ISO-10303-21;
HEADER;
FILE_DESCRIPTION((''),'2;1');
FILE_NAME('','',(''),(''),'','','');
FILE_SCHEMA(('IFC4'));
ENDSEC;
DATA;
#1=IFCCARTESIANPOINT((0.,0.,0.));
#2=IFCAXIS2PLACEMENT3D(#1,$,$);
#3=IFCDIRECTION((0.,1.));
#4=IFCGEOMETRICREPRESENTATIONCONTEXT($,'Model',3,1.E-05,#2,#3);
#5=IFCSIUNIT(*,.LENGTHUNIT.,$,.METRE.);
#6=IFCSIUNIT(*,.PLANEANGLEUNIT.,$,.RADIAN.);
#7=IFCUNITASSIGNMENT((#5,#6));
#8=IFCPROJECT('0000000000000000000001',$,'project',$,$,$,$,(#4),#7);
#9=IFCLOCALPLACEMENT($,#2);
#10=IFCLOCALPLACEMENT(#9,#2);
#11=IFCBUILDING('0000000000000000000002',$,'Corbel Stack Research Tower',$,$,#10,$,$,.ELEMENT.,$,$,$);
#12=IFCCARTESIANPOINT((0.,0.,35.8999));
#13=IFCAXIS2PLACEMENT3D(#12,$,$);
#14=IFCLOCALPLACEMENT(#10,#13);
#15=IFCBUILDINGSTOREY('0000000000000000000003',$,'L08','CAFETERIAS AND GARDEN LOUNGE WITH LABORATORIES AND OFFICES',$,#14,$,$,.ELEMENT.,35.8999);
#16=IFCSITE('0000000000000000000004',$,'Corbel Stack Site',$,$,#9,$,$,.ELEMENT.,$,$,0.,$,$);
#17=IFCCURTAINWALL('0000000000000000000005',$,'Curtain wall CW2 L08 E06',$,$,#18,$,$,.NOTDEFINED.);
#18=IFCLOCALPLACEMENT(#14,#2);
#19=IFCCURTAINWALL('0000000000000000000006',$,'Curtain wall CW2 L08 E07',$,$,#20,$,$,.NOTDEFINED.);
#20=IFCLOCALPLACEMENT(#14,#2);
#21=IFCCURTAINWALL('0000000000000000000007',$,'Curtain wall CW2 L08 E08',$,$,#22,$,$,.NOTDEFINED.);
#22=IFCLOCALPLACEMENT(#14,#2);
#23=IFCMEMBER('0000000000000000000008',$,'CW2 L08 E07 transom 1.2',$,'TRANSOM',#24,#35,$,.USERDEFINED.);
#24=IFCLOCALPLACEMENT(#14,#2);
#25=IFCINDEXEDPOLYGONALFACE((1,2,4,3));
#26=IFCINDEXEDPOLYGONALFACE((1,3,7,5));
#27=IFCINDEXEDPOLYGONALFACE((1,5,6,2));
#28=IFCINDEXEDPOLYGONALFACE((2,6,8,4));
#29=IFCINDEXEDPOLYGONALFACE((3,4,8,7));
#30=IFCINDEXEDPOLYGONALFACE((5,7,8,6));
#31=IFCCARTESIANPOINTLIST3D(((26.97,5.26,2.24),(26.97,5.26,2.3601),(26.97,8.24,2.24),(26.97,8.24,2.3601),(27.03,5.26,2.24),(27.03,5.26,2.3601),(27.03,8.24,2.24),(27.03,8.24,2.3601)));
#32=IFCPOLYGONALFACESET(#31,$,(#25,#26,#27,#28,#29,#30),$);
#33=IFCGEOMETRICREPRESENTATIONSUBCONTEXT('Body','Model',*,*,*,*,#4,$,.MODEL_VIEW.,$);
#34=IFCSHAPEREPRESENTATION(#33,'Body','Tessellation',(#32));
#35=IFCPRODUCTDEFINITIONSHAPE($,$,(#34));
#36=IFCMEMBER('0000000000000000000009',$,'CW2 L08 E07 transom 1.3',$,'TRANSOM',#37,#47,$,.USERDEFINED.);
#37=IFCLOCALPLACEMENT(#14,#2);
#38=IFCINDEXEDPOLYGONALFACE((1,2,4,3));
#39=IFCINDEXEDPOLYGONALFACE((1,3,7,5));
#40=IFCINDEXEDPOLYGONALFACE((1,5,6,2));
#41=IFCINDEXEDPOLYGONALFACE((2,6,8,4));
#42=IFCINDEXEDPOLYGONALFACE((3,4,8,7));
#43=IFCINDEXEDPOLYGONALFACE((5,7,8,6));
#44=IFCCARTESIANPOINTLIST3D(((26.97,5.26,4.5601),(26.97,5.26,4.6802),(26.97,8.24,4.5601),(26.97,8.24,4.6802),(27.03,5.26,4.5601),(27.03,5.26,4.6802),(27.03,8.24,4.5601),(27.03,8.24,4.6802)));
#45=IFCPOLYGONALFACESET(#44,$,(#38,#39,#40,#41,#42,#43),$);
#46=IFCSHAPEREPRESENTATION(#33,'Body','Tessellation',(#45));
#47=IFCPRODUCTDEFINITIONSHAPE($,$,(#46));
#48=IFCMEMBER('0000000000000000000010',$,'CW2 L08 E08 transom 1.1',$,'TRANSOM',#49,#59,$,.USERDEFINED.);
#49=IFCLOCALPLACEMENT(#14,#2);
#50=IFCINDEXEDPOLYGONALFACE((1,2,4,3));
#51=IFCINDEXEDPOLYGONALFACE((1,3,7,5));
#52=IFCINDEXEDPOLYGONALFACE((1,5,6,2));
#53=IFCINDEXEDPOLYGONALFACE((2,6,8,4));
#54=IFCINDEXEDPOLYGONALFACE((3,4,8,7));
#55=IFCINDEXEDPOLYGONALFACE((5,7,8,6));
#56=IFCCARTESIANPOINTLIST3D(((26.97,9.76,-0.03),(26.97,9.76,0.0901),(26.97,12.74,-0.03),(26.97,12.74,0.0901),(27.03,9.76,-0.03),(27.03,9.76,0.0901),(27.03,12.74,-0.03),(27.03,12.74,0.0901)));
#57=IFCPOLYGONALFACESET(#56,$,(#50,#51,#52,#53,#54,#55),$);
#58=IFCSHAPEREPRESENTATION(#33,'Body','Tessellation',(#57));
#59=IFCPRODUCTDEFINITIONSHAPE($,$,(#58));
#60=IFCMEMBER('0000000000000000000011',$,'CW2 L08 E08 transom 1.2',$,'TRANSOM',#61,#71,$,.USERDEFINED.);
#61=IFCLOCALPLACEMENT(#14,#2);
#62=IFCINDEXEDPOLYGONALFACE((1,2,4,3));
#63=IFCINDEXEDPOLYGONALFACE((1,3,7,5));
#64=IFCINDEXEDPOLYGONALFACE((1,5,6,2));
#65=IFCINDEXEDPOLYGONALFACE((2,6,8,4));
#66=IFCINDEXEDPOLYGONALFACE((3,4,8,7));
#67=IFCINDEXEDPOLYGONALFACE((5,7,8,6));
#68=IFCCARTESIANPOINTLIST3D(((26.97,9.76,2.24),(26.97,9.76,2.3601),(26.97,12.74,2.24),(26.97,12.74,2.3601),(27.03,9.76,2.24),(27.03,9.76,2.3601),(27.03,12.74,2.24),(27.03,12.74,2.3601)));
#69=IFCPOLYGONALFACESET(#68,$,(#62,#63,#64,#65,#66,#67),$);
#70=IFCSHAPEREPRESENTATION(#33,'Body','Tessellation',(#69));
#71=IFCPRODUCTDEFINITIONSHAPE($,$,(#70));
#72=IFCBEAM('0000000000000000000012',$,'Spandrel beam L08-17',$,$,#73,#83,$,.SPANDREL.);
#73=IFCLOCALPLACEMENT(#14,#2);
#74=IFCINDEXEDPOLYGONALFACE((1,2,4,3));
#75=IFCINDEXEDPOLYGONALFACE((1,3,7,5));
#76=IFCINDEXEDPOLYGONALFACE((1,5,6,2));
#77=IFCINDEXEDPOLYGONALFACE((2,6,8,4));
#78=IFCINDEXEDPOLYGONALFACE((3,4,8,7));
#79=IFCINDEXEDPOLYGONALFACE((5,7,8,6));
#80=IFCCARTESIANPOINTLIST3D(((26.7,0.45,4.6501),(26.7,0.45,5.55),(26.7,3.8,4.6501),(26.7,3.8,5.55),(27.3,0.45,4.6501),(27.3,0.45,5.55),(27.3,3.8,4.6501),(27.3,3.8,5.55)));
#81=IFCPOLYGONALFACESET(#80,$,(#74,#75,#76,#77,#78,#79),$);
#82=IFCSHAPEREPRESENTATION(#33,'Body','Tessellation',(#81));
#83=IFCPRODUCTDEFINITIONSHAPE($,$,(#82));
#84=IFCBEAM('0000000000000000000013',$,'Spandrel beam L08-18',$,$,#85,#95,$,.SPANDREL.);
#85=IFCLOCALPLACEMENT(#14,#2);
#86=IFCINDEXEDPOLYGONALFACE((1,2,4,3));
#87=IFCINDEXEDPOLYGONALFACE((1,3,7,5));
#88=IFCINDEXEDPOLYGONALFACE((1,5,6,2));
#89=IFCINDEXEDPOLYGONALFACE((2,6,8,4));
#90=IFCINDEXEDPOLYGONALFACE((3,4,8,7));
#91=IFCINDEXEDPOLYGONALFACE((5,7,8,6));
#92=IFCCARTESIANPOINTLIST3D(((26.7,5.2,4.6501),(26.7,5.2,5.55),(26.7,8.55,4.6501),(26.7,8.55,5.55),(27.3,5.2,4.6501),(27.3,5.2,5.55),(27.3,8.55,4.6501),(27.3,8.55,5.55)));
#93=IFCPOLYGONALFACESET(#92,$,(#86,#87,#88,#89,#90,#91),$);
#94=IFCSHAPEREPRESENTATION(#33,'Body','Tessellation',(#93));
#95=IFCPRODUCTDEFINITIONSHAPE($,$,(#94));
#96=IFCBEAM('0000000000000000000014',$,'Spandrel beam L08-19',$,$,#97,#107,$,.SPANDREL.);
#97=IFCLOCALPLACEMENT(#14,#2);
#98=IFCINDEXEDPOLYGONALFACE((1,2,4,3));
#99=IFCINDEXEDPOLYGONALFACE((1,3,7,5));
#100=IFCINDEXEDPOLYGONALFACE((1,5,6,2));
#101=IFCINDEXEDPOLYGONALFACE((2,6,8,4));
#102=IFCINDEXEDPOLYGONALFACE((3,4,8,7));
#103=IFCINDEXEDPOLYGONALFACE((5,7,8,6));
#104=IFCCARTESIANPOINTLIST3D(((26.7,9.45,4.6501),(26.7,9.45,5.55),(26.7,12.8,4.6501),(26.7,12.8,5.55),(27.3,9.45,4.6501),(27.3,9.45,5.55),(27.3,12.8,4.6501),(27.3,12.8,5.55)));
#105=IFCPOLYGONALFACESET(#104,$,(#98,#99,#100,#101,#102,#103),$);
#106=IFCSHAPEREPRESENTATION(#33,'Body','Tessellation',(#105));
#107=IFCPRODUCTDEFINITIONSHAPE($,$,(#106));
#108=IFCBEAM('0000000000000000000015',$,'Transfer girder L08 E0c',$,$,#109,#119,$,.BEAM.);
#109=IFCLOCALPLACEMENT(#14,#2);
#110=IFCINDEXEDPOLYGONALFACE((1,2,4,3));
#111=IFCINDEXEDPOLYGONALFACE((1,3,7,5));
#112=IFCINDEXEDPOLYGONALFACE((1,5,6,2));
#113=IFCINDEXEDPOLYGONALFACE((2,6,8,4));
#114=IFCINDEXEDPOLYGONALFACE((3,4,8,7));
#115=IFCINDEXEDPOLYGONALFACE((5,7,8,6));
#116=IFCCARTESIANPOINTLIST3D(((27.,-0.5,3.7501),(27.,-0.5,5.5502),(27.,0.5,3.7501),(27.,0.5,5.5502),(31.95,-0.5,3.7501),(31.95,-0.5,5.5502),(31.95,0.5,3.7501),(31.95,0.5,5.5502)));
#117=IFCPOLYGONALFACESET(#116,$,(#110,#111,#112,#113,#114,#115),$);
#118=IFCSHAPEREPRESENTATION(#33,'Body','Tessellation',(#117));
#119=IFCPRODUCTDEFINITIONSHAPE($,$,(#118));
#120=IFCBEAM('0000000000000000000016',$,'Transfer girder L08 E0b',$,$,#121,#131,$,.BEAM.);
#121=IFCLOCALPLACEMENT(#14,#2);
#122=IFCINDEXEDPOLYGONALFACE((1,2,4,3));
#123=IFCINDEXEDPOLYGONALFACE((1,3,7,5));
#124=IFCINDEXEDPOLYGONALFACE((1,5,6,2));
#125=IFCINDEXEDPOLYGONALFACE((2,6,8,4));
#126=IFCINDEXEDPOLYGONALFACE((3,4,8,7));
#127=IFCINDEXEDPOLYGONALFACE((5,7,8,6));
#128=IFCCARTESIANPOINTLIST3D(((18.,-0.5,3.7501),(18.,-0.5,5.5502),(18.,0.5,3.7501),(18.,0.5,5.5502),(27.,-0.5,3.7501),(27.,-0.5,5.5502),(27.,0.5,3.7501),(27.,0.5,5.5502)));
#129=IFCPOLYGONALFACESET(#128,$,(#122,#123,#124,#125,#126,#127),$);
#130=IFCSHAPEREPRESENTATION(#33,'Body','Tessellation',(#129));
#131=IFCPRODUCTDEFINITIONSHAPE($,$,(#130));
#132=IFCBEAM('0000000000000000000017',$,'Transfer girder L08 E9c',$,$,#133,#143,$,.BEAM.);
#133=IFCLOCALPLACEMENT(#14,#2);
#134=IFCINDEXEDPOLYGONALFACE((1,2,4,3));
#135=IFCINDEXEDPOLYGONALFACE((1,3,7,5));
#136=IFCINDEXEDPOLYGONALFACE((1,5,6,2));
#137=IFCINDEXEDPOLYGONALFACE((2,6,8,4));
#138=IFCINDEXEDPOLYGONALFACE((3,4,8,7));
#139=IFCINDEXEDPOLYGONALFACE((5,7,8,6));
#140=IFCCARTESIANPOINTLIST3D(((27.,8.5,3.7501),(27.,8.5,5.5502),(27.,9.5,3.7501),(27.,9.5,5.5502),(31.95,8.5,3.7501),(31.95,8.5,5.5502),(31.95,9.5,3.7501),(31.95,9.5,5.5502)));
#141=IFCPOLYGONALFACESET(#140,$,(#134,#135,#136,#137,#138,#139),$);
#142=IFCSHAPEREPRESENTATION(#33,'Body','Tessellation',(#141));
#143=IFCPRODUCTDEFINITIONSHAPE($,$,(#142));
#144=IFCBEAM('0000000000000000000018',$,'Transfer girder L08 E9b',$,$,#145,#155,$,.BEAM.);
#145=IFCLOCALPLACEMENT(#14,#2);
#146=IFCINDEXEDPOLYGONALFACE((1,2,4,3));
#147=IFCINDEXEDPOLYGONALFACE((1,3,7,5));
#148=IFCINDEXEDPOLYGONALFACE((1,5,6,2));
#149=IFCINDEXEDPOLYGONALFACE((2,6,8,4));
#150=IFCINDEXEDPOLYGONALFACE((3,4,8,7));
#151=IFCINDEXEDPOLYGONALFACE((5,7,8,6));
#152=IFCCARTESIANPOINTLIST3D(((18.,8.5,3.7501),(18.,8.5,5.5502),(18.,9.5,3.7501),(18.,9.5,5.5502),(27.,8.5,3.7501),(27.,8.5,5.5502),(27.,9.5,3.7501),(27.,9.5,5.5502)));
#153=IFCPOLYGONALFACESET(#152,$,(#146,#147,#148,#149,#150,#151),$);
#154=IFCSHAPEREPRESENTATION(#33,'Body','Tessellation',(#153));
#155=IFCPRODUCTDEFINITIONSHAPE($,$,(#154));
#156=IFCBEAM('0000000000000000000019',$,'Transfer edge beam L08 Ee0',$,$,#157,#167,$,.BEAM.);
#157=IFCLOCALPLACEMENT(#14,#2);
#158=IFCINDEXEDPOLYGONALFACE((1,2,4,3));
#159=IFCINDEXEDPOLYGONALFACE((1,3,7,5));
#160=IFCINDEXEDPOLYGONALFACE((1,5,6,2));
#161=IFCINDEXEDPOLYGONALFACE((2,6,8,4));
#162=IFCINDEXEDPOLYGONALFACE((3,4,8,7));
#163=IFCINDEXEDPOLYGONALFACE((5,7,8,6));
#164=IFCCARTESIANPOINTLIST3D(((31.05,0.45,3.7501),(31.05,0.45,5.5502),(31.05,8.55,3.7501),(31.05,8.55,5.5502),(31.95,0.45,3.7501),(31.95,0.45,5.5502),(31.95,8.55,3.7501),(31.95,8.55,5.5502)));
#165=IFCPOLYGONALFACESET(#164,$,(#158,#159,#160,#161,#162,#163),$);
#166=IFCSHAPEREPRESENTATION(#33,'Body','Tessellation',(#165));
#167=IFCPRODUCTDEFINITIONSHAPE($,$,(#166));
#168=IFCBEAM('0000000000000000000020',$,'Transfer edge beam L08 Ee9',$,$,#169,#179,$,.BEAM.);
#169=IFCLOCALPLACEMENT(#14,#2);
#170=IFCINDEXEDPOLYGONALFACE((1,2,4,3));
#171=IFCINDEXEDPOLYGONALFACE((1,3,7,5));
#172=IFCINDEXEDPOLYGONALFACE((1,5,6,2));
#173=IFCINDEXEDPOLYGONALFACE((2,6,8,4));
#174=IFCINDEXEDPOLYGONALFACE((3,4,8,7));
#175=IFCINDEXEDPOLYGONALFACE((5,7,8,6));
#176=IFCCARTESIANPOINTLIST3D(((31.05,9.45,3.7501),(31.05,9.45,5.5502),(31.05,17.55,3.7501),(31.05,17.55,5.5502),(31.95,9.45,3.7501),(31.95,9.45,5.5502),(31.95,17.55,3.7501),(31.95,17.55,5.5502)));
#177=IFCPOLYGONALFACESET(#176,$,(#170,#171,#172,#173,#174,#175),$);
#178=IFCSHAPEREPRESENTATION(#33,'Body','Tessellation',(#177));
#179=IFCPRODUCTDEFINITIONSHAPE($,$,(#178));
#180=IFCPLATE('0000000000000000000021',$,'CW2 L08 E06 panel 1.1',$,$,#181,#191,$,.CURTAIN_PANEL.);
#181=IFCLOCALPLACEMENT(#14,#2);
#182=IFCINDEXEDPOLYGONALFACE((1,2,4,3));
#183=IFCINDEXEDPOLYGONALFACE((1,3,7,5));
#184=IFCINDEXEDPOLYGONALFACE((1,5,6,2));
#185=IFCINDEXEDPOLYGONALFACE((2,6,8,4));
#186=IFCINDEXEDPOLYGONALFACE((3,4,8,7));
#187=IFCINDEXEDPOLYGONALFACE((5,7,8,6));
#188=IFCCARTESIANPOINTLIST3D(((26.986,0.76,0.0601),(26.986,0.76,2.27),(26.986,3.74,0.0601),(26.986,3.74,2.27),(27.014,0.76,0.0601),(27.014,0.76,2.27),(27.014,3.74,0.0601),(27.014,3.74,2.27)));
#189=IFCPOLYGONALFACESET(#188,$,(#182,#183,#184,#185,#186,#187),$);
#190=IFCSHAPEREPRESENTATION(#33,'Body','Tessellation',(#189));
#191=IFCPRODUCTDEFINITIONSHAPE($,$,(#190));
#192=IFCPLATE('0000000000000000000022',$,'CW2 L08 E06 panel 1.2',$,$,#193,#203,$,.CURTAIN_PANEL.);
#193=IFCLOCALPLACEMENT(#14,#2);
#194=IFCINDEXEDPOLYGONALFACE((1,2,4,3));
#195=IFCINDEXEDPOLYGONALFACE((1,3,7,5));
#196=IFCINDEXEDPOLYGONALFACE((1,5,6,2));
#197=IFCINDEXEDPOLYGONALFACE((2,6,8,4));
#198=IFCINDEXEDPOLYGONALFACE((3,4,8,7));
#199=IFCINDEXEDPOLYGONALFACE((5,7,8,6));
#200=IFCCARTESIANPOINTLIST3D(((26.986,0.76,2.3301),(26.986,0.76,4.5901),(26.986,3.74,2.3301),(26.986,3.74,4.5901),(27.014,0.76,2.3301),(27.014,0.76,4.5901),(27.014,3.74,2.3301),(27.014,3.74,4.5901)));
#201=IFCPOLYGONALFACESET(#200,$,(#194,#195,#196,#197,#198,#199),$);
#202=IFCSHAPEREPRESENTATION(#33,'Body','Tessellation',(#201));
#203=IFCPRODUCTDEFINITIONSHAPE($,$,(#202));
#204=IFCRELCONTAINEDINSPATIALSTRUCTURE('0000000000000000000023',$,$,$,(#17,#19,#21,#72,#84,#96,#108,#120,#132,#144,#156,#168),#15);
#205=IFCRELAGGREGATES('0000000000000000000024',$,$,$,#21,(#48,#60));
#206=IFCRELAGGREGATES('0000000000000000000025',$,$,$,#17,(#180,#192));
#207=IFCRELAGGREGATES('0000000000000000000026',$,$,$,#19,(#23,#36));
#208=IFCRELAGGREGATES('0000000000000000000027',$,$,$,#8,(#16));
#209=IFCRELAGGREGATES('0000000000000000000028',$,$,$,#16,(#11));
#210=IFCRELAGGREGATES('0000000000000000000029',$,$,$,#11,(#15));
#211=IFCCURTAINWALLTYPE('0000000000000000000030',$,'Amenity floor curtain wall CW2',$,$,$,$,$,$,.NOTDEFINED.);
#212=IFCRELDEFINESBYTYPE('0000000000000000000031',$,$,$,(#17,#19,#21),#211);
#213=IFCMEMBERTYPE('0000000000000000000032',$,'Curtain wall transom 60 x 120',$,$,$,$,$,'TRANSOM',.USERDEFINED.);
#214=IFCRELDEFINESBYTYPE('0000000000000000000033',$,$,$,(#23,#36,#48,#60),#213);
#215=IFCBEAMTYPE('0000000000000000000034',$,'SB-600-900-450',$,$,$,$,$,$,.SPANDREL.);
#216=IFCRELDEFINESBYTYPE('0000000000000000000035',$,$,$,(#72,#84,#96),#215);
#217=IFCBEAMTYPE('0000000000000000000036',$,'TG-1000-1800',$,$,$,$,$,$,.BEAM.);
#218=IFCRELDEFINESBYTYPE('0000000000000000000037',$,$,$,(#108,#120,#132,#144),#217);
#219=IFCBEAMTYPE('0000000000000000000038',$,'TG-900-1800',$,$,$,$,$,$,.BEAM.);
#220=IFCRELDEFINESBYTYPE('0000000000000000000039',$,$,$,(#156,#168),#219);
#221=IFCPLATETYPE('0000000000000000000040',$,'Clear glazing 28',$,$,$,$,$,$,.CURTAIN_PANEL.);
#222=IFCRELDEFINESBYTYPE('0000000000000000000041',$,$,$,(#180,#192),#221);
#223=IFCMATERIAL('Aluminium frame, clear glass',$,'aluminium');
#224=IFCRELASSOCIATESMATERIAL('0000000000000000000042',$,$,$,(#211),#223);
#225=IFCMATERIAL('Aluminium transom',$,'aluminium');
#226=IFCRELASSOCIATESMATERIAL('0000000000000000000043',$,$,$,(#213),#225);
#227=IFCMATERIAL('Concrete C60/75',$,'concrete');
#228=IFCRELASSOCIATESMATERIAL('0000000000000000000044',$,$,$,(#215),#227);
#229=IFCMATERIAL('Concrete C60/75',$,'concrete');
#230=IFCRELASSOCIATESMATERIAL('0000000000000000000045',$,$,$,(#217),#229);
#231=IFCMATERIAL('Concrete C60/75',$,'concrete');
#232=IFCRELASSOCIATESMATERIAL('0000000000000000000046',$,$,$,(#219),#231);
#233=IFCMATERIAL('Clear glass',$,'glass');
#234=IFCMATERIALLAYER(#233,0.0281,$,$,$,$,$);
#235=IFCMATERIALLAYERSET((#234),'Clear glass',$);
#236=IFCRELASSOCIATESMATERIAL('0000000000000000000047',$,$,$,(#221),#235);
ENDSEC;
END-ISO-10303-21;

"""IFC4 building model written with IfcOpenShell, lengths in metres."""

from ifc_helpers import new_model, si_unit, direction, frame, origin, origin_2d, place, context, subcontext, project, spatial, rectangle, extrude, material, layer, layer_set, material_profile, profile_set, type_object, element, aggregate, save


model = new_model("IFC4")

# Units and contexts
model_context = context("Model", 3, precision=1e-05, world=origin(), true_north=direction((0.0, 1.0)))
body_context = subcontext(model_context, "Body", "Model", "MODEL_VIEW")
ifc_project = project(units=[si_unit("LENGTHUNIT", "METRE"), si_unit("PLANEANGLEUNIT", "RADIAN")], contexts=[model_context])

# Site, building, storey
site_placement = place(None, origin())
site = spatial("IfcSite", under=ifc_project, at=site_placement, Name="Corbel Stack Site", CompositionType="ELEMENT", RefElevation=0.0)
building_placement = place(site_placement, origin())
building = spatial("IfcBuilding", under=site, at=building_placement, Name="Corbel Stack Research Tower", CompositionType="ELEMENT")
storey_placement = place(building_placement, frame((0.0, 0.0, 35.8999)))
storey = spatial("IfcBuildingStorey", under=building, at=storey_placement, Name="L08", Description="CAFETERIAS AND GARDEN LOUNGE WITH LABORATORIES AND OFFICES", CompositionType="ELEMENT", Elevation=35.8999)

# Curtain walls
ifc_material_1 = material(Name="Aluminium frame, clear glass", Category="aluminium")
curtain_wall_type = type_object("IfcCurtainWallType", Name="Amenity floor curtain wall CW2", PredefinedType="NOTDEFINED", material=ifc_material_1)
curtain_wall_1_placement = place(storey_placement, origin())
curtain_wall_1 = element("IfcCurtainWall", 1, at=curtain_wall_1_placement, inside=storey, type_object=curtain_wall_type, Name="Curtain wall CW2 L08 E06", PredefinedType="NOTDEFINED")
curtain_wall_2_placement = place(storey_placement, origin())
curtain_wall_2 = element("IfcCurtainWall", 2, at=curtain_wall_2_placement, inside=storey, type_object=curtain_wall_type, Name="Curtain wall CW2 L08 E07", PredefinedType="NOTDEFINED")

# Curtain wall
curtain_wall_3_placement = place(storey_placement, origin())
curtain_wall_3 = element("IfcCurtainWall", 3, at=curtain_wall_3_placement, inside=storey, type_object=curtain_wall_type, Name="Curtain wall CW2 L08 E08", PredefinedType="NOTDEFINED")

# Members
ifc_material_2 = material(Name="Aluminium transom", Category="aluminium")
ifc_material_profile_1 = material_profile(ifc_material_2, rectangle(XDim=0.0601, YDim=0.1201, at=origin_2d()), Name="Transom 60 x 120")
ifc_profile_set_1 = profile_set([ifc_material_profile_1], Name="Aluminium transom")
member_type_1 = type_object("IfcMemberType", Name="Curtain wall transom 60 x 120", ElementType="TRANSOM", PredefinedType="USERDEFINED", material=ifc_profile_set_1)
member_1_placement = place(storey_placement, frame((27.0, 5.26, 2.3), z_axis=(0.0, 1.0, 0.0), x_axis=(-1.0, 0.0, 0.0)))
member_1 = element("IfcMember", 4, at=member_1_placement, type_object=member_type_1, Name="CW2 L08 E07 transom 1.2", ObjectType="TRANSOM", PredefinedType="USERDEFINED", context=body_context, shape_type="SweptSolid", body=[
    extrude(rectangle(XDim=0.0601, YDim=0.1201, at=origin_2d()), origin(), (0.0, 0.0, 1.0), 2.98),
])
member_2_placement = place(storey_placement, frame((27.0, 5.26, 4.6201), z_axis=(0.0, 1.0, 0.0), x_axis=(-1.0, 0.0, 0.0)))
member_2 = element("IfcMember", 5, at=member_2_placement, type_object=member_type_1, Name="CW2 L08 E07 transom 1.3", ObjectType="TRANSOM", PredefinedType="USERDEFINED", context=body_context, shape_type="SweptSolid", body=[
    extrude(rectangle(XDim=0.0601, YDim=0.1201, at=origin_2d()), origin(), (0.0, 0.0, 1.0), 2.98),
])
member_3_placement = place(storey_placement, frame((27.0, 9.76, 0.03), z_axis=(0.0, 1.0, 0.0), x_axis=(-1.0, 0.0, 0.0)))
member_3 = element("IfcMember", 6, at=member_3_placement, type_object=member_type_1, Name="CW2 L08 E08 transom 1.1", ObjectType="TRANSOM", PredefinedType="USERDEFINED", context=body_context, shape_type="SweptSolid", body=[
    extrude(rectangle(XDim=0.0601, YDim=0.1201, at=origin_2d()), origin(), (0.0, 0.0, 1.0), 2.98),
])
member_4_placement = place(storey_placement, frame((27.0, 9.76, 2.3), z_axis=(0.0, 1.0, 0.0), x_axis=(-1.0, 0.0, 0.0)))
member_4 = element("IfcMember", 7, at=member_4_placement, type_object=member_type_1, Name="CW2 L08 E08 transom 1.2", ObjectType="TRANSOM", PredefinedType="USERDEFINED", context=body_context, shape_type="SweptSolid", body=[
    extrude(rectangle(XDim=0.0601, YDim=0.1201, at=origin_2d()), origin(), (0.0, 0.0, 1.0), 2.98),
])
aggregate(curtain_wall_3, [member_3, member_4])

# Beams
ifc_material_3 = material(Name="Concrete C60/75", Category="concrete")
ifc_material_profile_2 = material_profile(ifc_material_3, rectangle(XDim=0.6001, YDim=0.8999, at=origin_2d()), Name="RC 600 x 900")
ifc_profile_set_2 = profile_set([ifc_material_profile_2], Name="Concrete C60/75")
beam_type_1 = type_object("IfcBeamType", Name="SB-600-900-450", PredefinedType="SPANDREL", material=ifc_profile_set_2)
for number, where, z_axis, x_axis, name in (
    (8, (27.0, 0.45, 5.1001), (0.0, 1.0, 0.0), (-1.0, 0.0, 0.0), "Spandrel beam L08-17"),
    (9, (27.0, 5.2, 5.1001), (0.0, 1.0, 0.0), (-1.0, 0.0, 0.0), "Spandrel beam L08-18"),
    (10, (27.0, 9.45, 5.1001), (0.0, 1.0, 0.0), (-1.0, 0.0, 0.0), "Spandrel beam L08-19"),
):
    element("IfcBeam", number, at=place(storey_placement, frame(where, z_axis=z_axis, x_axis=x_axis)), inside=storey, type_object=beam_type_1, Name=name, PredefinedType="SPANDREL", context=body_context, shape_type="SweptSolid", body=[
        extrude(rectangle(XDim=0.6001, YDim=0.8999, at=origin_2d()), origin(), (0.0, 0.0, 1.0), 3.3501),
    ])
ifc_material_4 = material(Name="Concrete C60/75", Category="concrete")
ifc_material_profile_3 = material_profile(ifc_material_4, rectangle(XDim=1.0, YDim=1.8, at=origin_2d()), Name="RC 1000 x 1800")
ifc_profile_set_3 = profile_set([ifc_material_profile_3], Name="Concrete C60/75")
beam_type_2 = type_object("IfcBeamType", Name="TG-1000-1800", PredefinedType="BEAM", material=ifc_profile_set_3)
beam_1_placement = place(storey_placement, frame((31.95, 0.0, 4.6501), z_axis=(-1.0, 0.0, 0.0), x_axis=(0.0, -1.0, 0.0)))
element("IfcBeam", 11, at=beam_1_placement, inside=storey, type_object=beam_type_2, Name="Transfer girder L08 E0c", PredefinedType="BEAM", context=body_context, shape_type="SweptSolid", body=[
    extrude(rectangle(XDim=1.0, YDim=1.8, at=origin_2d()), origin(), (0.0, 0.0, 1.0), 4.95),
])
beam_2_placement = place(storey_placement, frame((27.0, 0.0, 4.6501), z_axis=(-1.0, 0.0, 0.0), x_axis=(0.0, -1.0, 0.0)))
element("IfcBeam", 12, at=beam_2_placement, inside=storey, type_object=beam_type_2, Name="Transfer girder L08 E0b", PredefinedType="BEAM", context=body_context, shape_type="SweptSolid", body=[
    extrude(rectangle(XDim=1.0, YDim=1.8, at=origin_2d()), origin(), (0.0, 0.0, 1.0), 9.0),
])
beam_3_placement = place(storey_placement, frame((31.95, 9.0, 4.6501), z_axis=(-1.0, 0.0, 0.0), x_axis=(0.0, -1.0, 0.0)))
element("IfcBeam", 13, at=beam_3_placement, inside=storey, type_object=beam_type_2, Name="Transfer girder L08 E9c", PredefinedType="BEAM", context=body_context, shape_type="SweptSolid", body=[
    extrude(rectangle(XDim=1.0, YDim=1.8, at=origin_2d()), origin(), (0.0, 0.0, 1.0), 4.95),
])
beam_4_placement = place(storey_placement, frame((27.0, 9.0, 4.6501), z_axis=(-1.0, 0.0, 0.0), x_axis=(0.0, -1.0, 0.0)))
element("IfcBeam", 14, at=beam_4_placement, inside=storey, type_object=beam_type_2, Name="Transfer girder L08 E9b", PredefinedType="BEAM", context=body_context, shape_type="SweptSolid", body=[
    extrude(rectangle(XDim=1.0, YDim=1.8, at=origin_2d()), origin(), (0.0, 0.0, 1.0), 9.0),
])
ifc_material_5 = material(Name="Concrete C60/75", Category="concrete")
ifc_material_profile_4 = material_profile(ifc_material_5, rectangle(XDim=0.8999, YDim=1.8, at=origin_2d()), Name="RC 900 x 1800")
ifc_profile_set_4 = profile_set([ifc_material_profile_4], Name="Concrete C60/75")
beam_type_3 = type_object("IfcBeamType", Name="TG-900-1800", PredefinedType="BEAM", material=ifc_profile_set_4)
for number, where, z_axis, x_axis, name in (
    (15, (31.5, 0.45, 4.6501), (0.0, 1.0, 0.0), (-1.0, 0.0, 0.0), "Transfer edge beam L08 Ee0"),
    (16, (31.5, 9.45, 4.6501), (0.0, 1.0, 0.0), (-1.0, 0.0, 0.0), "Transfer edge beam L08 Ee9"),
):
    element("IfcBeam", number, at=place(storey_placement, frame(where, z_axis=z_axis, x_axis=x_axis)), inside=storey, type_object=beam_type_3, Name=name, PredefinedType="BEAM", context=body_context, shape_type="SweptSolid", body=[
        extrude(rectangle(XDim=0.8999, YDim=1.8, at=origin_2d()), origin(), (0.0, 0.0, 1.0), 8.1001),
    ])

# Plates
ifc_material_6 = material(Name="Clear glass", Category="glass")
ifc_layer_1 = layer(ifc_material_6, 0.0281)
ifc_layer_set_1 = layer_set([ifc_layer_1], Name="Clear glass")
plate_type = type_object("IfcPlateType", Name="Clear glazing 28", PredefinedType="CURTAIN_PANEL", material=ifc_layer_set_1)
plate_1_placement = place(storey_placement, frame((27.0, 2.25, 0.0601), z_axis=(0.0, 0.0, 1.0), x_axis=(0.0, 1.0, 0.0)))
plate_1 = element("IfcPlate", 17, at=plate_1_placement, type_object=plate_type, Name="CW2 L08 E06 panel 1.1", PredefinedType="CURTAIN_PANEL", context=body_context, shape_type="SweptSolid", body=[
    extrude(rectangle(XDim=2.98, YDim=0.0281, at=origin_2d()), origin(), (0.0, 0.0, 1.0), 2.21),
])
plate_2_placement = place(storey_placement, frame((27.0, 2.25, 2.3301), z_axis=(0.0, 0.0, 1.0), x_axis=(0.0, 1.0, 0.0)))
plate_2 = element("IfcPlate", 18, at=plate_2_placement, type_object=plate_type, Name="CW2 L08 E06 panel 1.2", PredefinedType="CURTAIN_PANEL", context=body_context, shape_type="SweptSolid", body=[
    extrude(rectangle(XDim=2.98, YDim=0.0281, at=origin_2d()), origin(), (0.0, 0.0, 1.0), 2.26),
])
aggregate(curtain_wall_1, [plate_1, plate_2])
aggregate(curtain_wall_2, [member_1, member_2])

save(model, "model.ifc")
